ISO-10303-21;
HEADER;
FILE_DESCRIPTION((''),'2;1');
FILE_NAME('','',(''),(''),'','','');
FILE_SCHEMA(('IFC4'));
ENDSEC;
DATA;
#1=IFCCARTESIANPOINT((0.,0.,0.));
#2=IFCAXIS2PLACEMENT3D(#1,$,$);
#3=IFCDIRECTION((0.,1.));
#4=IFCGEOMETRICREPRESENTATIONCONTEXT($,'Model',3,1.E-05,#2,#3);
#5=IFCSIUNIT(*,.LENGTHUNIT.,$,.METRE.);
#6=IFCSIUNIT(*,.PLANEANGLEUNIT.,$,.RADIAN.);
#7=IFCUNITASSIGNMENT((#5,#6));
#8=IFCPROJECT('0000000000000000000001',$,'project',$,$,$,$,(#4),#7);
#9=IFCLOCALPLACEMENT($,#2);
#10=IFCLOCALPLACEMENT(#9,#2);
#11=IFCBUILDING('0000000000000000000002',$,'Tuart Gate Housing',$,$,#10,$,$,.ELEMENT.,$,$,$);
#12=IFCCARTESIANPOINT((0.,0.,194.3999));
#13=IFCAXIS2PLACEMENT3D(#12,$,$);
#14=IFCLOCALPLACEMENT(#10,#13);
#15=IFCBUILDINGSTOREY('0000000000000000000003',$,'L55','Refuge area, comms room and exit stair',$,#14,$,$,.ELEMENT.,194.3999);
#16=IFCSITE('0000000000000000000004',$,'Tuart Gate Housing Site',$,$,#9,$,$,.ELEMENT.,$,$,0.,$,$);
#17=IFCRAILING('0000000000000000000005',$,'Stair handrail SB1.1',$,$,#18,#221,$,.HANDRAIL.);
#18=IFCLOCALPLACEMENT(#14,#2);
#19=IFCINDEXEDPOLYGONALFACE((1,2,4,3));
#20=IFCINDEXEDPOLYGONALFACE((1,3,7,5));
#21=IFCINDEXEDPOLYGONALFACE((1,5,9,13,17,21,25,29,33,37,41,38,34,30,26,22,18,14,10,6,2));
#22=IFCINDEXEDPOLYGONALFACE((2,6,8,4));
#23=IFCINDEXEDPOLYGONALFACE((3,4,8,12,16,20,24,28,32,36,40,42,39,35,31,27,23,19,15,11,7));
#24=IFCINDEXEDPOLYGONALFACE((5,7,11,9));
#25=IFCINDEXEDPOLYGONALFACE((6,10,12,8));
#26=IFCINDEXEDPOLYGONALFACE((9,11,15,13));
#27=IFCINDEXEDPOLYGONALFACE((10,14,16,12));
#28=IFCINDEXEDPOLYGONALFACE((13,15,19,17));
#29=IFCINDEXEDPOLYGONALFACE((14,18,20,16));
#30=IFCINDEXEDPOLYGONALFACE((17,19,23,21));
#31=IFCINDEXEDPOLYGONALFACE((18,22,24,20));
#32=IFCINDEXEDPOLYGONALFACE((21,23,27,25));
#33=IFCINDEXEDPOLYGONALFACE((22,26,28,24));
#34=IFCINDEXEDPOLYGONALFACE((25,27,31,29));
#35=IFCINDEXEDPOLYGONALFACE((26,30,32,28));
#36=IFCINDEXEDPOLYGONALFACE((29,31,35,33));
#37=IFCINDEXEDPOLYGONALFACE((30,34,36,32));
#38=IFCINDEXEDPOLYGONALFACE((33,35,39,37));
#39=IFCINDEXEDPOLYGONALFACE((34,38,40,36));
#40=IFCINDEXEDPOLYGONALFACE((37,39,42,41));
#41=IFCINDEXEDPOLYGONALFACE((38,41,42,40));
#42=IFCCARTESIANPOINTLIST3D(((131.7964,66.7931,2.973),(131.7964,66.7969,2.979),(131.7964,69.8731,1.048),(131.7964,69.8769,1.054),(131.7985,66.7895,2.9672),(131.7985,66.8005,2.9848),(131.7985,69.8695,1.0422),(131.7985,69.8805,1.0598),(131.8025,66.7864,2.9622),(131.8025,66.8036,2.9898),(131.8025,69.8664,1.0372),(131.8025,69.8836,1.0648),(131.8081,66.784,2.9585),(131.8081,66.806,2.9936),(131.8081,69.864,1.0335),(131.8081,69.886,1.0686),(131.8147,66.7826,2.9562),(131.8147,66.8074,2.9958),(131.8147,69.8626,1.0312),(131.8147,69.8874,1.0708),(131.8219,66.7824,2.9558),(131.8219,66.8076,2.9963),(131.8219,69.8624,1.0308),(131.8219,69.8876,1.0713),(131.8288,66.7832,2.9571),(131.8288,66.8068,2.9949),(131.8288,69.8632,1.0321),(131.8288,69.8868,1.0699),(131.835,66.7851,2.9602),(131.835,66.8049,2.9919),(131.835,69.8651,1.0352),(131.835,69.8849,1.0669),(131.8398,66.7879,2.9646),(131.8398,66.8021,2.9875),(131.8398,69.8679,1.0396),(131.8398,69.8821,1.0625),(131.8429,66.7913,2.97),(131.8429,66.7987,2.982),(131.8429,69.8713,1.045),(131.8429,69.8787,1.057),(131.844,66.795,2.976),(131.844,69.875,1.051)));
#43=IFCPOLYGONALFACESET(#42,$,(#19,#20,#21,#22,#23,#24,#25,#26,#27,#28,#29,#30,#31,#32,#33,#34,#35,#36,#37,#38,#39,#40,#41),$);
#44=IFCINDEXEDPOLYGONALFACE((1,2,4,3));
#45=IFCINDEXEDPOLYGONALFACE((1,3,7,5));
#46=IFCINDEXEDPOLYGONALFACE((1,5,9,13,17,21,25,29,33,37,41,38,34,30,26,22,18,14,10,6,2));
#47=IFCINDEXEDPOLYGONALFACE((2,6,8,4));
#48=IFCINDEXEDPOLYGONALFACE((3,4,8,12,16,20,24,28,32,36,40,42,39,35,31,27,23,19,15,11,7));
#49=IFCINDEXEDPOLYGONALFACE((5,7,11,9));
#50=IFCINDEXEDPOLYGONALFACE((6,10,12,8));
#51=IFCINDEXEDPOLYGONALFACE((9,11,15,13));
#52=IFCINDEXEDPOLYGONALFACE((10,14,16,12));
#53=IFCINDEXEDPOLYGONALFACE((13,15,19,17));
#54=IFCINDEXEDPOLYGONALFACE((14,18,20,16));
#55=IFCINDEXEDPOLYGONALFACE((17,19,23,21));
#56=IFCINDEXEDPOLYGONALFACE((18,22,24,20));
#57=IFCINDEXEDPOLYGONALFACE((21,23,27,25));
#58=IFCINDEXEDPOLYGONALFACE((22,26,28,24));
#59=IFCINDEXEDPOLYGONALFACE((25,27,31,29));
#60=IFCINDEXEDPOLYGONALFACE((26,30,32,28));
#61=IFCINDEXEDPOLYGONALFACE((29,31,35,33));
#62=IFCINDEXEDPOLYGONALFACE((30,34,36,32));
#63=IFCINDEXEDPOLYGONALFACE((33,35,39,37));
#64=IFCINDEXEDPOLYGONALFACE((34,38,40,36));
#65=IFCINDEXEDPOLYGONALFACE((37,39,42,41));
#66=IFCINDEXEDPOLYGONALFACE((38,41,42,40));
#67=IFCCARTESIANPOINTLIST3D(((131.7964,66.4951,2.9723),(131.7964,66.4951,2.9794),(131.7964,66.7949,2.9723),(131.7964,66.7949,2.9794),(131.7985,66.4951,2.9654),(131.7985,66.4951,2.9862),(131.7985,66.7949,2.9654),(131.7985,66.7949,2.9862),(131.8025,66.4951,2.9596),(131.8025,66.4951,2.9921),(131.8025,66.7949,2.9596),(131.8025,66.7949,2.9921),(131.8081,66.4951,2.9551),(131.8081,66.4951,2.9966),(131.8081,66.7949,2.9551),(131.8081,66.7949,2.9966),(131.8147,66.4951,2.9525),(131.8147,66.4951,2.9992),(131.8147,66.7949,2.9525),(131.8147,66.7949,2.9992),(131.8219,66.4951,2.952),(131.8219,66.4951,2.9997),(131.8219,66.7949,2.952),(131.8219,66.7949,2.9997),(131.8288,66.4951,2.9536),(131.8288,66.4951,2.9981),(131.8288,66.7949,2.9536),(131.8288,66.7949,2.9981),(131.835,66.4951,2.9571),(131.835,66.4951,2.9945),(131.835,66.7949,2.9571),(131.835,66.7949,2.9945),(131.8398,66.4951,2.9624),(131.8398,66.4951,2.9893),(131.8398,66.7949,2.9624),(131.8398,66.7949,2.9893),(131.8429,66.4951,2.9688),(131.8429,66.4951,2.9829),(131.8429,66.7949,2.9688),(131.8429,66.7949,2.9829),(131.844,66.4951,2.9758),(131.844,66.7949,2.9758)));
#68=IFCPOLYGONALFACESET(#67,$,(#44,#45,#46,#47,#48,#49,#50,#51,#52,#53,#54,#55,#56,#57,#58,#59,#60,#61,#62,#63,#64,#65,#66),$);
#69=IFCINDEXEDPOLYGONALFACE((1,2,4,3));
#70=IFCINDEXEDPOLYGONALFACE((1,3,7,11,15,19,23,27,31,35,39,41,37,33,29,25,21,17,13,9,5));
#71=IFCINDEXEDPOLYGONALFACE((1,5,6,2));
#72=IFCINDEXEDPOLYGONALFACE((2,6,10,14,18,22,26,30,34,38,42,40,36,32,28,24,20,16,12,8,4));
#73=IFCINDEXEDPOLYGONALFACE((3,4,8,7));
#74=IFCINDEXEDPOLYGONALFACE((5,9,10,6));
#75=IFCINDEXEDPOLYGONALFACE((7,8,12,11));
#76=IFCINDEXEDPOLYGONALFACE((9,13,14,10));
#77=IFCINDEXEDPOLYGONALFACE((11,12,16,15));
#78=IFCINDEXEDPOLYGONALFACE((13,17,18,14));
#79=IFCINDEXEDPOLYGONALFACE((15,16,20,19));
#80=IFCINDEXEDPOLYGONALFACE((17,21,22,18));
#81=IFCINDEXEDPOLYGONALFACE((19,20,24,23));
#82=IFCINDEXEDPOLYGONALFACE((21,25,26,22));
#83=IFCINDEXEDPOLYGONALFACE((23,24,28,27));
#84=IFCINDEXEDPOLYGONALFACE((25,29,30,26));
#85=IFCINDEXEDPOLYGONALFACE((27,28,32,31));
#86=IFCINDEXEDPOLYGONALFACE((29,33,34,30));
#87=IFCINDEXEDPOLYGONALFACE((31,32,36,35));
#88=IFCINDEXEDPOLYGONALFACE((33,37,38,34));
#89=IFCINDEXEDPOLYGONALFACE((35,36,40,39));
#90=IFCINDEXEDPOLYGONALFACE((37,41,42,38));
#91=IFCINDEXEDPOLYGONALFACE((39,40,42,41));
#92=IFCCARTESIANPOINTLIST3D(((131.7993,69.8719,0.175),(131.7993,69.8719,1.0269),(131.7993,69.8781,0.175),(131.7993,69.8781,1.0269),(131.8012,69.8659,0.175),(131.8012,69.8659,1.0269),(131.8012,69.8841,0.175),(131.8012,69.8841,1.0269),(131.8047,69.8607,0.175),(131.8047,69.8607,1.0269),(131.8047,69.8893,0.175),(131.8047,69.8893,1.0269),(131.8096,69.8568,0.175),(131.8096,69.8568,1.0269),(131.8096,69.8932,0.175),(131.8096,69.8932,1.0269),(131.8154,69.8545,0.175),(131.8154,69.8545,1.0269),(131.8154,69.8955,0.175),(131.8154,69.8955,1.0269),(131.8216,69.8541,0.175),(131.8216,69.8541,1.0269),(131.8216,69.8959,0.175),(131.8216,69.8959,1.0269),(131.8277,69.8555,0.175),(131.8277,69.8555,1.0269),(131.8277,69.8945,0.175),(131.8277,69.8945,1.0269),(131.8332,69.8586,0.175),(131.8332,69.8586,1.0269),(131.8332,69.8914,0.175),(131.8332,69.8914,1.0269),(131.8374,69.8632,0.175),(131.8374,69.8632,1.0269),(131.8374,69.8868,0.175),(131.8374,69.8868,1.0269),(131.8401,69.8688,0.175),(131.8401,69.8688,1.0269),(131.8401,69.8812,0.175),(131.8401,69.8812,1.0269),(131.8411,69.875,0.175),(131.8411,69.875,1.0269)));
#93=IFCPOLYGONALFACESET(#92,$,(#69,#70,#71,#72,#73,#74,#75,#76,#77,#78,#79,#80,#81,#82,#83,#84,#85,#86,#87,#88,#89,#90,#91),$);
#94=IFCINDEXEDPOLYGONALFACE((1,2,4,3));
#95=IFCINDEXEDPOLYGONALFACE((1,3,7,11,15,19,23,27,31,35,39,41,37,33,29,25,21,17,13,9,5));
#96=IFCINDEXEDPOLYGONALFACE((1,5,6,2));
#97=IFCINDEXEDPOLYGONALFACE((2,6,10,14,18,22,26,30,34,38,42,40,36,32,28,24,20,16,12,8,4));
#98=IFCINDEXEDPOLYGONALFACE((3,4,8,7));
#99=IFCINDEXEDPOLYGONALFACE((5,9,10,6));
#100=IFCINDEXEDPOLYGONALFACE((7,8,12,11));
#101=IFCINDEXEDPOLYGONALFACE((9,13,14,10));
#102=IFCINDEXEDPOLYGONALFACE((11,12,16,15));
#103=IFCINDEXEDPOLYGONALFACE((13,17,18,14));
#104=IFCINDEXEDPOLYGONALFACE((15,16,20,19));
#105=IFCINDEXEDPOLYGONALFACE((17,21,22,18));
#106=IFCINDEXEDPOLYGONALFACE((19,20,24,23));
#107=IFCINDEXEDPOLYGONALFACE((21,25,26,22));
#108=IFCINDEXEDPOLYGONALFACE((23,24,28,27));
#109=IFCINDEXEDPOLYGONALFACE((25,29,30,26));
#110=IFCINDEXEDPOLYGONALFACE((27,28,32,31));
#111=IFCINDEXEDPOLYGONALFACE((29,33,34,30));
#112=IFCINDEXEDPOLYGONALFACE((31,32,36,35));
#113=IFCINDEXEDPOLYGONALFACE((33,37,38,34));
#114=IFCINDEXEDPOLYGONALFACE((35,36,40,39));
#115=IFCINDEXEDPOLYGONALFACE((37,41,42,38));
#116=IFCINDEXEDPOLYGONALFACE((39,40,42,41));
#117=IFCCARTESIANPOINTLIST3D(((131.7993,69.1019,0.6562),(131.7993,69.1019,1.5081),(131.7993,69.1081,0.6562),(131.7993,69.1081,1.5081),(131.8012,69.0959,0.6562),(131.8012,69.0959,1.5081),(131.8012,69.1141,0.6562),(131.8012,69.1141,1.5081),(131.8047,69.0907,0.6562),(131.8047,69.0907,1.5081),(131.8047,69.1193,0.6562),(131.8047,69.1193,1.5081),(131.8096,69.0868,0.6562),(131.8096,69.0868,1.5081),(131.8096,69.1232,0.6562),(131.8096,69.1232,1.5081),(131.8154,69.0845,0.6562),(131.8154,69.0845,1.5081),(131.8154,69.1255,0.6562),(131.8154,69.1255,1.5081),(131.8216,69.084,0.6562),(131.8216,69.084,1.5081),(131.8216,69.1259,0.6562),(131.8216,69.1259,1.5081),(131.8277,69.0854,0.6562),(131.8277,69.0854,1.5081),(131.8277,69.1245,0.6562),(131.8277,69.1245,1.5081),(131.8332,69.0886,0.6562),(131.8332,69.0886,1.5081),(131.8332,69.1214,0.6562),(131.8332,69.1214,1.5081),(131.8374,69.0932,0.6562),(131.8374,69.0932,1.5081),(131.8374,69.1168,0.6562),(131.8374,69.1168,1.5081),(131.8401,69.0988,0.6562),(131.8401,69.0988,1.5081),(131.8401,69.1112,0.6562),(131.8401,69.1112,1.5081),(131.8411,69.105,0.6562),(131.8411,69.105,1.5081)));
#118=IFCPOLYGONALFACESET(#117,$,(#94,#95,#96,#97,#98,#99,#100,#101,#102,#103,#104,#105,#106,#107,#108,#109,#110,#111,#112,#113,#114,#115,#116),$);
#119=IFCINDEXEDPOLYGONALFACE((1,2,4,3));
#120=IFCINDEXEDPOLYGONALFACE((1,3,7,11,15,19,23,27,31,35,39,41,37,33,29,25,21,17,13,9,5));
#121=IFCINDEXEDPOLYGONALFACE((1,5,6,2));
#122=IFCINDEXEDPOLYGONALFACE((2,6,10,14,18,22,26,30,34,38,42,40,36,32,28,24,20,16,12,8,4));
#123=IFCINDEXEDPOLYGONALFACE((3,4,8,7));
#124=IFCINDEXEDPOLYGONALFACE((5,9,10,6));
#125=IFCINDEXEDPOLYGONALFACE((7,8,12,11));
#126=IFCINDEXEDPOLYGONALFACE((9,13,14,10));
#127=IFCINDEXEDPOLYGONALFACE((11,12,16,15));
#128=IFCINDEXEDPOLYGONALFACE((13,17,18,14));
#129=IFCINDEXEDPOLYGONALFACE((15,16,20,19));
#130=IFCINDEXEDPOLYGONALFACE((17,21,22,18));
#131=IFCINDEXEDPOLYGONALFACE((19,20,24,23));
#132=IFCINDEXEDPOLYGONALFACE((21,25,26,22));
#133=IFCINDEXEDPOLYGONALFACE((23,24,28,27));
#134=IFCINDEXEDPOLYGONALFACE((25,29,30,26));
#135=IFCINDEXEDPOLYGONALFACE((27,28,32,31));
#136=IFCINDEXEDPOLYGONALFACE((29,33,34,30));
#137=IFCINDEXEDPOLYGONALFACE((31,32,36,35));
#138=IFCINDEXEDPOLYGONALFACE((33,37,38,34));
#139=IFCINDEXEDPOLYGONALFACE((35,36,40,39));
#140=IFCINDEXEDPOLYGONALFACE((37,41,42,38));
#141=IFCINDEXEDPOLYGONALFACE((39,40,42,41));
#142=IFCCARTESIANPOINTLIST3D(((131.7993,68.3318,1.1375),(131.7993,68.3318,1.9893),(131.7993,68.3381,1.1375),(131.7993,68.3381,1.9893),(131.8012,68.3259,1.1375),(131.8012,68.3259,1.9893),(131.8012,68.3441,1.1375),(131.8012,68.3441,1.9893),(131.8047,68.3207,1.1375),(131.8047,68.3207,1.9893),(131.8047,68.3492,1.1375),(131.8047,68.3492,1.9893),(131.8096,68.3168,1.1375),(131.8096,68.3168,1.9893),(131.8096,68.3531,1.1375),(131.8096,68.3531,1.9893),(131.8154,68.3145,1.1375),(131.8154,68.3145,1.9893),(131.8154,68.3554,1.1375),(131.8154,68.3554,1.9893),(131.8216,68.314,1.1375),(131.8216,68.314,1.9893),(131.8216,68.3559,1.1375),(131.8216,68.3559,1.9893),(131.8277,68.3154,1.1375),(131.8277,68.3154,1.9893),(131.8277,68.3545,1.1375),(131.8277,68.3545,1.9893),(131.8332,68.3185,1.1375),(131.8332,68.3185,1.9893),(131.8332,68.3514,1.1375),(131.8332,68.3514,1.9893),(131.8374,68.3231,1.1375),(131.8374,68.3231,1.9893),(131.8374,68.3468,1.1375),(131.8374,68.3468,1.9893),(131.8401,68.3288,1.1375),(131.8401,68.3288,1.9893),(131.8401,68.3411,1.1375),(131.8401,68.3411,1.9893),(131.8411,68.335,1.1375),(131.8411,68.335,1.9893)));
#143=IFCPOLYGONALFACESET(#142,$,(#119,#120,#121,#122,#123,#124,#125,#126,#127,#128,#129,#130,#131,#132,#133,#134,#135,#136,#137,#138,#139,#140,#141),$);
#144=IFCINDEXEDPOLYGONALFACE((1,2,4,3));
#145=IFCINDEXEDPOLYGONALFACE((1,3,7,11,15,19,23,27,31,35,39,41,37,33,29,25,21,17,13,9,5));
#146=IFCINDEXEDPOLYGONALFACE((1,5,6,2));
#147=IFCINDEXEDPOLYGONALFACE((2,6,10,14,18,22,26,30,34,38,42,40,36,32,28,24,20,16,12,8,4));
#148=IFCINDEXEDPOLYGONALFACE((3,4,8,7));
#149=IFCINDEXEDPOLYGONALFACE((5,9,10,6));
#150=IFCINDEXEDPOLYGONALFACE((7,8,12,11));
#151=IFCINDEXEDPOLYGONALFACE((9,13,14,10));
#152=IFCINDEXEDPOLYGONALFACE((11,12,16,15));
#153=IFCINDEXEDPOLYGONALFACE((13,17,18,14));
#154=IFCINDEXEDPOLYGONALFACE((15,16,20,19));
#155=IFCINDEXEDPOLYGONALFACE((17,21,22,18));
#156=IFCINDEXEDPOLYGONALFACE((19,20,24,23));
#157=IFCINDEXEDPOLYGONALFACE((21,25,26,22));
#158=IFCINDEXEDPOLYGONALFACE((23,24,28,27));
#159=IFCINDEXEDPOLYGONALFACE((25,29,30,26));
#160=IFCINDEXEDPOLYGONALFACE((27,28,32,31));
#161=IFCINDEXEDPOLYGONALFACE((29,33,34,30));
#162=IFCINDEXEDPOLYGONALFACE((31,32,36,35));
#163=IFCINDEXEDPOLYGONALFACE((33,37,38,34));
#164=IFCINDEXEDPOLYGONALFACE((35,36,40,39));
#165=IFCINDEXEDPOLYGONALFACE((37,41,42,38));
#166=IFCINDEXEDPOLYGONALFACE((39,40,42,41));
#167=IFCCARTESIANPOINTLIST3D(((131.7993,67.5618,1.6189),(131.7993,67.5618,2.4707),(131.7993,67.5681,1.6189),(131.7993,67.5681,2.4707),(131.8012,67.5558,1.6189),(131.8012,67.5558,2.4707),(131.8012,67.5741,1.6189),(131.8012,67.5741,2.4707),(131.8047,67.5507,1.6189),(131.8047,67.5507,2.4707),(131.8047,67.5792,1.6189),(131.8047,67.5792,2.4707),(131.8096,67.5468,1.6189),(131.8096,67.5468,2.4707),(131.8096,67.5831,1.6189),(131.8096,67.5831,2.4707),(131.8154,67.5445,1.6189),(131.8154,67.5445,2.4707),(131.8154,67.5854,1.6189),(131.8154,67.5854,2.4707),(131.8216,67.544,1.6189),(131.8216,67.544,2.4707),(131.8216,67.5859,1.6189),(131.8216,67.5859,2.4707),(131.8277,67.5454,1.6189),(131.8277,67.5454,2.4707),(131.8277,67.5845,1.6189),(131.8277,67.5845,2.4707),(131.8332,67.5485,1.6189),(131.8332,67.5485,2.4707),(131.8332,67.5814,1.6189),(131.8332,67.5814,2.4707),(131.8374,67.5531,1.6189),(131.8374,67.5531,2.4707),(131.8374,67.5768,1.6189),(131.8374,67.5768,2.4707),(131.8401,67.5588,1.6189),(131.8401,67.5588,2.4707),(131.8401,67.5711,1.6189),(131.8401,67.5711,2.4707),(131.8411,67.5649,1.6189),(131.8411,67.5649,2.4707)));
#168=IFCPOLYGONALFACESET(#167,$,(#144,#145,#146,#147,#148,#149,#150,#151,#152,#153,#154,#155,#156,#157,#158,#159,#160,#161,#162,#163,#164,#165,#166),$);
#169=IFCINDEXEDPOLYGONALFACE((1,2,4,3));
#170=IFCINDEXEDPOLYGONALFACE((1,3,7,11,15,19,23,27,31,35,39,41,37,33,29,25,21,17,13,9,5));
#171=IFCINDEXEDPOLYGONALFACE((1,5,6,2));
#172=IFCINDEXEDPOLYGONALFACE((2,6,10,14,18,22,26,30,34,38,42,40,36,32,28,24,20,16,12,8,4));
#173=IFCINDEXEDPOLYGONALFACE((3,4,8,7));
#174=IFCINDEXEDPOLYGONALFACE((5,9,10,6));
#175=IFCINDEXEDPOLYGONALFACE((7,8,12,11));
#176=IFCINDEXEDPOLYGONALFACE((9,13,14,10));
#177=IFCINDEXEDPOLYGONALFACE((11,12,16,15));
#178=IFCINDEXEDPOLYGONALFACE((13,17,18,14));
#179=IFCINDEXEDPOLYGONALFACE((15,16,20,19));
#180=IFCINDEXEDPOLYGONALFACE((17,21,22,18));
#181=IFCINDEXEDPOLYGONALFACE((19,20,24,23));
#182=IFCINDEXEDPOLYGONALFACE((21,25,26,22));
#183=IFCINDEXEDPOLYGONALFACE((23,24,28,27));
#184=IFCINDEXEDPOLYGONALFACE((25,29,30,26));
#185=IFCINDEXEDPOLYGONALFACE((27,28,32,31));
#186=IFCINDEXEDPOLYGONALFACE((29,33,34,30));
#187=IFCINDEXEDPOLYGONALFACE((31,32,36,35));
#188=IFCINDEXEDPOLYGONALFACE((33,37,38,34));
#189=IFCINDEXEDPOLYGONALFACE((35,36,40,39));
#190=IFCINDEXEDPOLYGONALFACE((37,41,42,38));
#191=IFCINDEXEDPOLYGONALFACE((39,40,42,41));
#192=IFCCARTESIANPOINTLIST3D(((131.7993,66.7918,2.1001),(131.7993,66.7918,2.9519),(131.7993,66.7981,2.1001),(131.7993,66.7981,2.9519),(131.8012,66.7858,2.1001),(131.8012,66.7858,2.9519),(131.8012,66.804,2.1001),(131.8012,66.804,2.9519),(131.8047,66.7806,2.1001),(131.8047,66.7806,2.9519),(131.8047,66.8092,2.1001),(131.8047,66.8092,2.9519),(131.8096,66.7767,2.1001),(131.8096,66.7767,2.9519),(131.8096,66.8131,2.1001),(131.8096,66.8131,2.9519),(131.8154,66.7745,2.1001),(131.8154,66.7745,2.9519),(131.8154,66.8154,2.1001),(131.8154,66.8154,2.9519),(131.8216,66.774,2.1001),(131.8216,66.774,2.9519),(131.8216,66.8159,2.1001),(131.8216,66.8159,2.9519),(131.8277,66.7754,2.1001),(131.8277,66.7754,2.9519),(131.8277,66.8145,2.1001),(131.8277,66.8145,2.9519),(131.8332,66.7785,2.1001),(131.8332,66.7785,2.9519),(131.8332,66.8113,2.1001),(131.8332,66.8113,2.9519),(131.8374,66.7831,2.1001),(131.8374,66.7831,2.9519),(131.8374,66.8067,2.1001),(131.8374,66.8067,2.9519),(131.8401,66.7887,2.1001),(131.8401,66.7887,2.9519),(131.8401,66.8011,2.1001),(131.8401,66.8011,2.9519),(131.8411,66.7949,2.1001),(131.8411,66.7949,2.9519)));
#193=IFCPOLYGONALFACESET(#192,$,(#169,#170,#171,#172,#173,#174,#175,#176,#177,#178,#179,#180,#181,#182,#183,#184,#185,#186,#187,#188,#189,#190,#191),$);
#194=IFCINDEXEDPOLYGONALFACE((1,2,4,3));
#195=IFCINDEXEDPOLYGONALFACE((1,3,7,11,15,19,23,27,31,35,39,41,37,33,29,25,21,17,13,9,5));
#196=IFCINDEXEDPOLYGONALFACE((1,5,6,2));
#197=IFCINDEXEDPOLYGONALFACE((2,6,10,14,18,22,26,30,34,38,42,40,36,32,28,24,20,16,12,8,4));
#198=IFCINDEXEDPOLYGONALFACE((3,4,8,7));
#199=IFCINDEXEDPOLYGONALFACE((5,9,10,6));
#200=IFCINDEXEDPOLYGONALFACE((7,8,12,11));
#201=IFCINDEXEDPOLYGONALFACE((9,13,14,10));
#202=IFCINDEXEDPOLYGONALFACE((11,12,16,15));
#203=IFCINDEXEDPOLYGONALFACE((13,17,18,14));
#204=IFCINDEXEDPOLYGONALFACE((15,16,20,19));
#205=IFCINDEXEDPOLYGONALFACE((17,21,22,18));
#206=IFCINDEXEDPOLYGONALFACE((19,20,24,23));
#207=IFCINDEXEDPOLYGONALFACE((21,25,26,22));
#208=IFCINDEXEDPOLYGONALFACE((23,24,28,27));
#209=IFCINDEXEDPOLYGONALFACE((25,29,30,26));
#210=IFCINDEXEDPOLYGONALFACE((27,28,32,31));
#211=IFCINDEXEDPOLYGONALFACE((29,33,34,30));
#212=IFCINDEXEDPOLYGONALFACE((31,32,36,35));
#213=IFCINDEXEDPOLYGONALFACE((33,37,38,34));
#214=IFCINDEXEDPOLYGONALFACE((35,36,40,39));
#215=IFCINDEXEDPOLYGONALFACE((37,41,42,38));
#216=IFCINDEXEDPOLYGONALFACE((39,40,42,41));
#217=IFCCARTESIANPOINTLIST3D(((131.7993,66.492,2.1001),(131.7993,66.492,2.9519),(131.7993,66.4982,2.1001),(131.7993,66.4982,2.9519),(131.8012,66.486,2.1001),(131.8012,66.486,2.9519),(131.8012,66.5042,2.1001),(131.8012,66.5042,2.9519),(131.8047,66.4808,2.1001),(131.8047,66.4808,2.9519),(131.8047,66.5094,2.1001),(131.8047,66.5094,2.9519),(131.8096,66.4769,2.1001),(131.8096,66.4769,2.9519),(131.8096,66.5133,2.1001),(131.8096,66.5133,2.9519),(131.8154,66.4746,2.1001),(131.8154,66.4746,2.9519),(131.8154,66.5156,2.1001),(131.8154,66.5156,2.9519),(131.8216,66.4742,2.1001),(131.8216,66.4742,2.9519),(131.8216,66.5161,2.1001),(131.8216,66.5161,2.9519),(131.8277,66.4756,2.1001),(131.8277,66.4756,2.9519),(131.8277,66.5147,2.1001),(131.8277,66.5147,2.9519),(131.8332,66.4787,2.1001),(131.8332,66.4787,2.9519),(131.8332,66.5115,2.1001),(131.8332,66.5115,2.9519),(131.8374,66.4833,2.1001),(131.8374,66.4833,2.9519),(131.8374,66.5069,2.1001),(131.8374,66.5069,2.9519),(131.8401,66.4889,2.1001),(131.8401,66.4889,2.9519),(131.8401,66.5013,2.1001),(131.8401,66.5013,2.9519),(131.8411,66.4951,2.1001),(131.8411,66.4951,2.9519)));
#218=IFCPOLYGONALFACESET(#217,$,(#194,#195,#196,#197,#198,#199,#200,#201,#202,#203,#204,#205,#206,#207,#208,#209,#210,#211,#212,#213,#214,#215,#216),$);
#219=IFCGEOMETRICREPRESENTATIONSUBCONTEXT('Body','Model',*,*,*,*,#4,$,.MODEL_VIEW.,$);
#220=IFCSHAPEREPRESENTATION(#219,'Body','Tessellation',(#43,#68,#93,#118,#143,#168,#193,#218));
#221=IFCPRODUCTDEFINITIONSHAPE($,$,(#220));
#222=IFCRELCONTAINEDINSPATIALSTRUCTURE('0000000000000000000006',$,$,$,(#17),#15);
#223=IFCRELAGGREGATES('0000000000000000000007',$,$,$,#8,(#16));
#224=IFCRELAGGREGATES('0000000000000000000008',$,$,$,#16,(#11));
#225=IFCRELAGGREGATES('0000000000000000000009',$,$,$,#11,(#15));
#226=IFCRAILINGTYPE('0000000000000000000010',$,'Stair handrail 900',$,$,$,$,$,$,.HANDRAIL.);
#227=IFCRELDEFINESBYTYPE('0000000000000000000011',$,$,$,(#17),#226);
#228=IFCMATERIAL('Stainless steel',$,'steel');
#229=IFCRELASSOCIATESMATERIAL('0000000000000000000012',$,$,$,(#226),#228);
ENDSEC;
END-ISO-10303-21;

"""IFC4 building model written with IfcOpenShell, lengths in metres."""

from ifc_helpers import new_model, si_unit, direction, frame, origin, origin_2d, place, context, subcontext, project, spatial, circle, extrude, material, type_object, element, save


model = new_model("IFC4")

# Units and contexts
model_context = context("Model", 3, precision=1e-05, world=origin(), true_north=direction((0.0, 1.0)))
body_context = subcontext(model_context, "Body", "Model", "MODEL_VIEW")
ifc_project = project(units=[si_unit("LENGTHUNIT", "METRE"), si_unit("PLANEANGLEUNIT", "RADIAN")], contexts=[model_context])

# Site, building, storey
site_placement = place(None, origin())
site = spatial("IfcSite", under=ifc_project, at=site_placement, Name="Tuart Gate Housing Site", CompositionType="ELEMENT", RefElevation=0.0)
building_placement = place(site_placement, origin())
building = spatial("IfcBuilding", under=site, at=building_placement, Name="Tuart Gate Housing", CompositionType="ELEMENT")
storey_placement = place(building_placement, frame((0.0, 0.0, 194.3999)))
storey = spatial("IfcBuildingStorey", under=building, at=storey_placement, Name="L55", Description="Refuge area, comms room and exit stair", CompositionType="ELEMENT", Elevation=194.3999)

# Railing
ifc_material_1 = material(Name="Stainless steel", Category="steel")
railing_type = type_object("IfcRailingType", Name="Stair handrail 900", PredefinedType="HANDRAIL", material=ifc_material_1)
railing_placement = place(storey_placement, frame((131.8201, 69.875, 0.175)))
element("IfcRailing", 1, at=railing_placement, inside=storey, type_object=railing_type, Name="Stair handrail SB1.1", PredefinedType="HANDRAIL", context=body_context, shape_type="SweptSolid", body=[
    extrude(circle(Radius=0.0239, at=origin_2d()), frame((0.0, 0.0, 0.876), z_axis=(0.0, -0.847998, 0.529999), x_axis=(1.0, 0.0, 0.0)), (0.0, 0.0, 1.0), 3.6321),
    extrude(circle(Radius=0.0239, at=origin_2d()), frame((0.0, -3.0801, 2.8008), z_axis=(0.0, -1.0, 0.0), x_axis=(1.0, 0.0, 0.0)), (0.0, 0.0, 1.0), 0.2998),
    extrude(circle(Radius=0.021, at=origin_2d()), origin(), (0.0, 0.0, 1.0), 0.8518),
    extrude(circle(Radius=0.021, at=origin_2d()), frame((0.0, -0.77, 0.4812)), (0.0, 0.0, 1.0), 0.8518),
    extrude(circle(Radius=0.021, at=origin_2d()), frame((0.0, -1.54, 0.9624)), (0.0, 0.0, 1.0), 0.8518),
    extrude(circle(Radius=0.021, at=origin_2d()), frame((0.0, -2.3101, 1.4438)), (0.0, 0.0, 1.0), 0.8518),
    extrude(circle(Radius=0.021, at=origin_2d()), frame((0.0, -3.0801, 1.925)), (0.0, 0.0, 1.0), 0.8518),
    extrude(circle(Radius=0.021, at=origin_2d()), frame((0.0, -3.3799, 1.925)), (0.0, 0.0, 1.0), 0.8518),
])

save(model, "model.ifc")
